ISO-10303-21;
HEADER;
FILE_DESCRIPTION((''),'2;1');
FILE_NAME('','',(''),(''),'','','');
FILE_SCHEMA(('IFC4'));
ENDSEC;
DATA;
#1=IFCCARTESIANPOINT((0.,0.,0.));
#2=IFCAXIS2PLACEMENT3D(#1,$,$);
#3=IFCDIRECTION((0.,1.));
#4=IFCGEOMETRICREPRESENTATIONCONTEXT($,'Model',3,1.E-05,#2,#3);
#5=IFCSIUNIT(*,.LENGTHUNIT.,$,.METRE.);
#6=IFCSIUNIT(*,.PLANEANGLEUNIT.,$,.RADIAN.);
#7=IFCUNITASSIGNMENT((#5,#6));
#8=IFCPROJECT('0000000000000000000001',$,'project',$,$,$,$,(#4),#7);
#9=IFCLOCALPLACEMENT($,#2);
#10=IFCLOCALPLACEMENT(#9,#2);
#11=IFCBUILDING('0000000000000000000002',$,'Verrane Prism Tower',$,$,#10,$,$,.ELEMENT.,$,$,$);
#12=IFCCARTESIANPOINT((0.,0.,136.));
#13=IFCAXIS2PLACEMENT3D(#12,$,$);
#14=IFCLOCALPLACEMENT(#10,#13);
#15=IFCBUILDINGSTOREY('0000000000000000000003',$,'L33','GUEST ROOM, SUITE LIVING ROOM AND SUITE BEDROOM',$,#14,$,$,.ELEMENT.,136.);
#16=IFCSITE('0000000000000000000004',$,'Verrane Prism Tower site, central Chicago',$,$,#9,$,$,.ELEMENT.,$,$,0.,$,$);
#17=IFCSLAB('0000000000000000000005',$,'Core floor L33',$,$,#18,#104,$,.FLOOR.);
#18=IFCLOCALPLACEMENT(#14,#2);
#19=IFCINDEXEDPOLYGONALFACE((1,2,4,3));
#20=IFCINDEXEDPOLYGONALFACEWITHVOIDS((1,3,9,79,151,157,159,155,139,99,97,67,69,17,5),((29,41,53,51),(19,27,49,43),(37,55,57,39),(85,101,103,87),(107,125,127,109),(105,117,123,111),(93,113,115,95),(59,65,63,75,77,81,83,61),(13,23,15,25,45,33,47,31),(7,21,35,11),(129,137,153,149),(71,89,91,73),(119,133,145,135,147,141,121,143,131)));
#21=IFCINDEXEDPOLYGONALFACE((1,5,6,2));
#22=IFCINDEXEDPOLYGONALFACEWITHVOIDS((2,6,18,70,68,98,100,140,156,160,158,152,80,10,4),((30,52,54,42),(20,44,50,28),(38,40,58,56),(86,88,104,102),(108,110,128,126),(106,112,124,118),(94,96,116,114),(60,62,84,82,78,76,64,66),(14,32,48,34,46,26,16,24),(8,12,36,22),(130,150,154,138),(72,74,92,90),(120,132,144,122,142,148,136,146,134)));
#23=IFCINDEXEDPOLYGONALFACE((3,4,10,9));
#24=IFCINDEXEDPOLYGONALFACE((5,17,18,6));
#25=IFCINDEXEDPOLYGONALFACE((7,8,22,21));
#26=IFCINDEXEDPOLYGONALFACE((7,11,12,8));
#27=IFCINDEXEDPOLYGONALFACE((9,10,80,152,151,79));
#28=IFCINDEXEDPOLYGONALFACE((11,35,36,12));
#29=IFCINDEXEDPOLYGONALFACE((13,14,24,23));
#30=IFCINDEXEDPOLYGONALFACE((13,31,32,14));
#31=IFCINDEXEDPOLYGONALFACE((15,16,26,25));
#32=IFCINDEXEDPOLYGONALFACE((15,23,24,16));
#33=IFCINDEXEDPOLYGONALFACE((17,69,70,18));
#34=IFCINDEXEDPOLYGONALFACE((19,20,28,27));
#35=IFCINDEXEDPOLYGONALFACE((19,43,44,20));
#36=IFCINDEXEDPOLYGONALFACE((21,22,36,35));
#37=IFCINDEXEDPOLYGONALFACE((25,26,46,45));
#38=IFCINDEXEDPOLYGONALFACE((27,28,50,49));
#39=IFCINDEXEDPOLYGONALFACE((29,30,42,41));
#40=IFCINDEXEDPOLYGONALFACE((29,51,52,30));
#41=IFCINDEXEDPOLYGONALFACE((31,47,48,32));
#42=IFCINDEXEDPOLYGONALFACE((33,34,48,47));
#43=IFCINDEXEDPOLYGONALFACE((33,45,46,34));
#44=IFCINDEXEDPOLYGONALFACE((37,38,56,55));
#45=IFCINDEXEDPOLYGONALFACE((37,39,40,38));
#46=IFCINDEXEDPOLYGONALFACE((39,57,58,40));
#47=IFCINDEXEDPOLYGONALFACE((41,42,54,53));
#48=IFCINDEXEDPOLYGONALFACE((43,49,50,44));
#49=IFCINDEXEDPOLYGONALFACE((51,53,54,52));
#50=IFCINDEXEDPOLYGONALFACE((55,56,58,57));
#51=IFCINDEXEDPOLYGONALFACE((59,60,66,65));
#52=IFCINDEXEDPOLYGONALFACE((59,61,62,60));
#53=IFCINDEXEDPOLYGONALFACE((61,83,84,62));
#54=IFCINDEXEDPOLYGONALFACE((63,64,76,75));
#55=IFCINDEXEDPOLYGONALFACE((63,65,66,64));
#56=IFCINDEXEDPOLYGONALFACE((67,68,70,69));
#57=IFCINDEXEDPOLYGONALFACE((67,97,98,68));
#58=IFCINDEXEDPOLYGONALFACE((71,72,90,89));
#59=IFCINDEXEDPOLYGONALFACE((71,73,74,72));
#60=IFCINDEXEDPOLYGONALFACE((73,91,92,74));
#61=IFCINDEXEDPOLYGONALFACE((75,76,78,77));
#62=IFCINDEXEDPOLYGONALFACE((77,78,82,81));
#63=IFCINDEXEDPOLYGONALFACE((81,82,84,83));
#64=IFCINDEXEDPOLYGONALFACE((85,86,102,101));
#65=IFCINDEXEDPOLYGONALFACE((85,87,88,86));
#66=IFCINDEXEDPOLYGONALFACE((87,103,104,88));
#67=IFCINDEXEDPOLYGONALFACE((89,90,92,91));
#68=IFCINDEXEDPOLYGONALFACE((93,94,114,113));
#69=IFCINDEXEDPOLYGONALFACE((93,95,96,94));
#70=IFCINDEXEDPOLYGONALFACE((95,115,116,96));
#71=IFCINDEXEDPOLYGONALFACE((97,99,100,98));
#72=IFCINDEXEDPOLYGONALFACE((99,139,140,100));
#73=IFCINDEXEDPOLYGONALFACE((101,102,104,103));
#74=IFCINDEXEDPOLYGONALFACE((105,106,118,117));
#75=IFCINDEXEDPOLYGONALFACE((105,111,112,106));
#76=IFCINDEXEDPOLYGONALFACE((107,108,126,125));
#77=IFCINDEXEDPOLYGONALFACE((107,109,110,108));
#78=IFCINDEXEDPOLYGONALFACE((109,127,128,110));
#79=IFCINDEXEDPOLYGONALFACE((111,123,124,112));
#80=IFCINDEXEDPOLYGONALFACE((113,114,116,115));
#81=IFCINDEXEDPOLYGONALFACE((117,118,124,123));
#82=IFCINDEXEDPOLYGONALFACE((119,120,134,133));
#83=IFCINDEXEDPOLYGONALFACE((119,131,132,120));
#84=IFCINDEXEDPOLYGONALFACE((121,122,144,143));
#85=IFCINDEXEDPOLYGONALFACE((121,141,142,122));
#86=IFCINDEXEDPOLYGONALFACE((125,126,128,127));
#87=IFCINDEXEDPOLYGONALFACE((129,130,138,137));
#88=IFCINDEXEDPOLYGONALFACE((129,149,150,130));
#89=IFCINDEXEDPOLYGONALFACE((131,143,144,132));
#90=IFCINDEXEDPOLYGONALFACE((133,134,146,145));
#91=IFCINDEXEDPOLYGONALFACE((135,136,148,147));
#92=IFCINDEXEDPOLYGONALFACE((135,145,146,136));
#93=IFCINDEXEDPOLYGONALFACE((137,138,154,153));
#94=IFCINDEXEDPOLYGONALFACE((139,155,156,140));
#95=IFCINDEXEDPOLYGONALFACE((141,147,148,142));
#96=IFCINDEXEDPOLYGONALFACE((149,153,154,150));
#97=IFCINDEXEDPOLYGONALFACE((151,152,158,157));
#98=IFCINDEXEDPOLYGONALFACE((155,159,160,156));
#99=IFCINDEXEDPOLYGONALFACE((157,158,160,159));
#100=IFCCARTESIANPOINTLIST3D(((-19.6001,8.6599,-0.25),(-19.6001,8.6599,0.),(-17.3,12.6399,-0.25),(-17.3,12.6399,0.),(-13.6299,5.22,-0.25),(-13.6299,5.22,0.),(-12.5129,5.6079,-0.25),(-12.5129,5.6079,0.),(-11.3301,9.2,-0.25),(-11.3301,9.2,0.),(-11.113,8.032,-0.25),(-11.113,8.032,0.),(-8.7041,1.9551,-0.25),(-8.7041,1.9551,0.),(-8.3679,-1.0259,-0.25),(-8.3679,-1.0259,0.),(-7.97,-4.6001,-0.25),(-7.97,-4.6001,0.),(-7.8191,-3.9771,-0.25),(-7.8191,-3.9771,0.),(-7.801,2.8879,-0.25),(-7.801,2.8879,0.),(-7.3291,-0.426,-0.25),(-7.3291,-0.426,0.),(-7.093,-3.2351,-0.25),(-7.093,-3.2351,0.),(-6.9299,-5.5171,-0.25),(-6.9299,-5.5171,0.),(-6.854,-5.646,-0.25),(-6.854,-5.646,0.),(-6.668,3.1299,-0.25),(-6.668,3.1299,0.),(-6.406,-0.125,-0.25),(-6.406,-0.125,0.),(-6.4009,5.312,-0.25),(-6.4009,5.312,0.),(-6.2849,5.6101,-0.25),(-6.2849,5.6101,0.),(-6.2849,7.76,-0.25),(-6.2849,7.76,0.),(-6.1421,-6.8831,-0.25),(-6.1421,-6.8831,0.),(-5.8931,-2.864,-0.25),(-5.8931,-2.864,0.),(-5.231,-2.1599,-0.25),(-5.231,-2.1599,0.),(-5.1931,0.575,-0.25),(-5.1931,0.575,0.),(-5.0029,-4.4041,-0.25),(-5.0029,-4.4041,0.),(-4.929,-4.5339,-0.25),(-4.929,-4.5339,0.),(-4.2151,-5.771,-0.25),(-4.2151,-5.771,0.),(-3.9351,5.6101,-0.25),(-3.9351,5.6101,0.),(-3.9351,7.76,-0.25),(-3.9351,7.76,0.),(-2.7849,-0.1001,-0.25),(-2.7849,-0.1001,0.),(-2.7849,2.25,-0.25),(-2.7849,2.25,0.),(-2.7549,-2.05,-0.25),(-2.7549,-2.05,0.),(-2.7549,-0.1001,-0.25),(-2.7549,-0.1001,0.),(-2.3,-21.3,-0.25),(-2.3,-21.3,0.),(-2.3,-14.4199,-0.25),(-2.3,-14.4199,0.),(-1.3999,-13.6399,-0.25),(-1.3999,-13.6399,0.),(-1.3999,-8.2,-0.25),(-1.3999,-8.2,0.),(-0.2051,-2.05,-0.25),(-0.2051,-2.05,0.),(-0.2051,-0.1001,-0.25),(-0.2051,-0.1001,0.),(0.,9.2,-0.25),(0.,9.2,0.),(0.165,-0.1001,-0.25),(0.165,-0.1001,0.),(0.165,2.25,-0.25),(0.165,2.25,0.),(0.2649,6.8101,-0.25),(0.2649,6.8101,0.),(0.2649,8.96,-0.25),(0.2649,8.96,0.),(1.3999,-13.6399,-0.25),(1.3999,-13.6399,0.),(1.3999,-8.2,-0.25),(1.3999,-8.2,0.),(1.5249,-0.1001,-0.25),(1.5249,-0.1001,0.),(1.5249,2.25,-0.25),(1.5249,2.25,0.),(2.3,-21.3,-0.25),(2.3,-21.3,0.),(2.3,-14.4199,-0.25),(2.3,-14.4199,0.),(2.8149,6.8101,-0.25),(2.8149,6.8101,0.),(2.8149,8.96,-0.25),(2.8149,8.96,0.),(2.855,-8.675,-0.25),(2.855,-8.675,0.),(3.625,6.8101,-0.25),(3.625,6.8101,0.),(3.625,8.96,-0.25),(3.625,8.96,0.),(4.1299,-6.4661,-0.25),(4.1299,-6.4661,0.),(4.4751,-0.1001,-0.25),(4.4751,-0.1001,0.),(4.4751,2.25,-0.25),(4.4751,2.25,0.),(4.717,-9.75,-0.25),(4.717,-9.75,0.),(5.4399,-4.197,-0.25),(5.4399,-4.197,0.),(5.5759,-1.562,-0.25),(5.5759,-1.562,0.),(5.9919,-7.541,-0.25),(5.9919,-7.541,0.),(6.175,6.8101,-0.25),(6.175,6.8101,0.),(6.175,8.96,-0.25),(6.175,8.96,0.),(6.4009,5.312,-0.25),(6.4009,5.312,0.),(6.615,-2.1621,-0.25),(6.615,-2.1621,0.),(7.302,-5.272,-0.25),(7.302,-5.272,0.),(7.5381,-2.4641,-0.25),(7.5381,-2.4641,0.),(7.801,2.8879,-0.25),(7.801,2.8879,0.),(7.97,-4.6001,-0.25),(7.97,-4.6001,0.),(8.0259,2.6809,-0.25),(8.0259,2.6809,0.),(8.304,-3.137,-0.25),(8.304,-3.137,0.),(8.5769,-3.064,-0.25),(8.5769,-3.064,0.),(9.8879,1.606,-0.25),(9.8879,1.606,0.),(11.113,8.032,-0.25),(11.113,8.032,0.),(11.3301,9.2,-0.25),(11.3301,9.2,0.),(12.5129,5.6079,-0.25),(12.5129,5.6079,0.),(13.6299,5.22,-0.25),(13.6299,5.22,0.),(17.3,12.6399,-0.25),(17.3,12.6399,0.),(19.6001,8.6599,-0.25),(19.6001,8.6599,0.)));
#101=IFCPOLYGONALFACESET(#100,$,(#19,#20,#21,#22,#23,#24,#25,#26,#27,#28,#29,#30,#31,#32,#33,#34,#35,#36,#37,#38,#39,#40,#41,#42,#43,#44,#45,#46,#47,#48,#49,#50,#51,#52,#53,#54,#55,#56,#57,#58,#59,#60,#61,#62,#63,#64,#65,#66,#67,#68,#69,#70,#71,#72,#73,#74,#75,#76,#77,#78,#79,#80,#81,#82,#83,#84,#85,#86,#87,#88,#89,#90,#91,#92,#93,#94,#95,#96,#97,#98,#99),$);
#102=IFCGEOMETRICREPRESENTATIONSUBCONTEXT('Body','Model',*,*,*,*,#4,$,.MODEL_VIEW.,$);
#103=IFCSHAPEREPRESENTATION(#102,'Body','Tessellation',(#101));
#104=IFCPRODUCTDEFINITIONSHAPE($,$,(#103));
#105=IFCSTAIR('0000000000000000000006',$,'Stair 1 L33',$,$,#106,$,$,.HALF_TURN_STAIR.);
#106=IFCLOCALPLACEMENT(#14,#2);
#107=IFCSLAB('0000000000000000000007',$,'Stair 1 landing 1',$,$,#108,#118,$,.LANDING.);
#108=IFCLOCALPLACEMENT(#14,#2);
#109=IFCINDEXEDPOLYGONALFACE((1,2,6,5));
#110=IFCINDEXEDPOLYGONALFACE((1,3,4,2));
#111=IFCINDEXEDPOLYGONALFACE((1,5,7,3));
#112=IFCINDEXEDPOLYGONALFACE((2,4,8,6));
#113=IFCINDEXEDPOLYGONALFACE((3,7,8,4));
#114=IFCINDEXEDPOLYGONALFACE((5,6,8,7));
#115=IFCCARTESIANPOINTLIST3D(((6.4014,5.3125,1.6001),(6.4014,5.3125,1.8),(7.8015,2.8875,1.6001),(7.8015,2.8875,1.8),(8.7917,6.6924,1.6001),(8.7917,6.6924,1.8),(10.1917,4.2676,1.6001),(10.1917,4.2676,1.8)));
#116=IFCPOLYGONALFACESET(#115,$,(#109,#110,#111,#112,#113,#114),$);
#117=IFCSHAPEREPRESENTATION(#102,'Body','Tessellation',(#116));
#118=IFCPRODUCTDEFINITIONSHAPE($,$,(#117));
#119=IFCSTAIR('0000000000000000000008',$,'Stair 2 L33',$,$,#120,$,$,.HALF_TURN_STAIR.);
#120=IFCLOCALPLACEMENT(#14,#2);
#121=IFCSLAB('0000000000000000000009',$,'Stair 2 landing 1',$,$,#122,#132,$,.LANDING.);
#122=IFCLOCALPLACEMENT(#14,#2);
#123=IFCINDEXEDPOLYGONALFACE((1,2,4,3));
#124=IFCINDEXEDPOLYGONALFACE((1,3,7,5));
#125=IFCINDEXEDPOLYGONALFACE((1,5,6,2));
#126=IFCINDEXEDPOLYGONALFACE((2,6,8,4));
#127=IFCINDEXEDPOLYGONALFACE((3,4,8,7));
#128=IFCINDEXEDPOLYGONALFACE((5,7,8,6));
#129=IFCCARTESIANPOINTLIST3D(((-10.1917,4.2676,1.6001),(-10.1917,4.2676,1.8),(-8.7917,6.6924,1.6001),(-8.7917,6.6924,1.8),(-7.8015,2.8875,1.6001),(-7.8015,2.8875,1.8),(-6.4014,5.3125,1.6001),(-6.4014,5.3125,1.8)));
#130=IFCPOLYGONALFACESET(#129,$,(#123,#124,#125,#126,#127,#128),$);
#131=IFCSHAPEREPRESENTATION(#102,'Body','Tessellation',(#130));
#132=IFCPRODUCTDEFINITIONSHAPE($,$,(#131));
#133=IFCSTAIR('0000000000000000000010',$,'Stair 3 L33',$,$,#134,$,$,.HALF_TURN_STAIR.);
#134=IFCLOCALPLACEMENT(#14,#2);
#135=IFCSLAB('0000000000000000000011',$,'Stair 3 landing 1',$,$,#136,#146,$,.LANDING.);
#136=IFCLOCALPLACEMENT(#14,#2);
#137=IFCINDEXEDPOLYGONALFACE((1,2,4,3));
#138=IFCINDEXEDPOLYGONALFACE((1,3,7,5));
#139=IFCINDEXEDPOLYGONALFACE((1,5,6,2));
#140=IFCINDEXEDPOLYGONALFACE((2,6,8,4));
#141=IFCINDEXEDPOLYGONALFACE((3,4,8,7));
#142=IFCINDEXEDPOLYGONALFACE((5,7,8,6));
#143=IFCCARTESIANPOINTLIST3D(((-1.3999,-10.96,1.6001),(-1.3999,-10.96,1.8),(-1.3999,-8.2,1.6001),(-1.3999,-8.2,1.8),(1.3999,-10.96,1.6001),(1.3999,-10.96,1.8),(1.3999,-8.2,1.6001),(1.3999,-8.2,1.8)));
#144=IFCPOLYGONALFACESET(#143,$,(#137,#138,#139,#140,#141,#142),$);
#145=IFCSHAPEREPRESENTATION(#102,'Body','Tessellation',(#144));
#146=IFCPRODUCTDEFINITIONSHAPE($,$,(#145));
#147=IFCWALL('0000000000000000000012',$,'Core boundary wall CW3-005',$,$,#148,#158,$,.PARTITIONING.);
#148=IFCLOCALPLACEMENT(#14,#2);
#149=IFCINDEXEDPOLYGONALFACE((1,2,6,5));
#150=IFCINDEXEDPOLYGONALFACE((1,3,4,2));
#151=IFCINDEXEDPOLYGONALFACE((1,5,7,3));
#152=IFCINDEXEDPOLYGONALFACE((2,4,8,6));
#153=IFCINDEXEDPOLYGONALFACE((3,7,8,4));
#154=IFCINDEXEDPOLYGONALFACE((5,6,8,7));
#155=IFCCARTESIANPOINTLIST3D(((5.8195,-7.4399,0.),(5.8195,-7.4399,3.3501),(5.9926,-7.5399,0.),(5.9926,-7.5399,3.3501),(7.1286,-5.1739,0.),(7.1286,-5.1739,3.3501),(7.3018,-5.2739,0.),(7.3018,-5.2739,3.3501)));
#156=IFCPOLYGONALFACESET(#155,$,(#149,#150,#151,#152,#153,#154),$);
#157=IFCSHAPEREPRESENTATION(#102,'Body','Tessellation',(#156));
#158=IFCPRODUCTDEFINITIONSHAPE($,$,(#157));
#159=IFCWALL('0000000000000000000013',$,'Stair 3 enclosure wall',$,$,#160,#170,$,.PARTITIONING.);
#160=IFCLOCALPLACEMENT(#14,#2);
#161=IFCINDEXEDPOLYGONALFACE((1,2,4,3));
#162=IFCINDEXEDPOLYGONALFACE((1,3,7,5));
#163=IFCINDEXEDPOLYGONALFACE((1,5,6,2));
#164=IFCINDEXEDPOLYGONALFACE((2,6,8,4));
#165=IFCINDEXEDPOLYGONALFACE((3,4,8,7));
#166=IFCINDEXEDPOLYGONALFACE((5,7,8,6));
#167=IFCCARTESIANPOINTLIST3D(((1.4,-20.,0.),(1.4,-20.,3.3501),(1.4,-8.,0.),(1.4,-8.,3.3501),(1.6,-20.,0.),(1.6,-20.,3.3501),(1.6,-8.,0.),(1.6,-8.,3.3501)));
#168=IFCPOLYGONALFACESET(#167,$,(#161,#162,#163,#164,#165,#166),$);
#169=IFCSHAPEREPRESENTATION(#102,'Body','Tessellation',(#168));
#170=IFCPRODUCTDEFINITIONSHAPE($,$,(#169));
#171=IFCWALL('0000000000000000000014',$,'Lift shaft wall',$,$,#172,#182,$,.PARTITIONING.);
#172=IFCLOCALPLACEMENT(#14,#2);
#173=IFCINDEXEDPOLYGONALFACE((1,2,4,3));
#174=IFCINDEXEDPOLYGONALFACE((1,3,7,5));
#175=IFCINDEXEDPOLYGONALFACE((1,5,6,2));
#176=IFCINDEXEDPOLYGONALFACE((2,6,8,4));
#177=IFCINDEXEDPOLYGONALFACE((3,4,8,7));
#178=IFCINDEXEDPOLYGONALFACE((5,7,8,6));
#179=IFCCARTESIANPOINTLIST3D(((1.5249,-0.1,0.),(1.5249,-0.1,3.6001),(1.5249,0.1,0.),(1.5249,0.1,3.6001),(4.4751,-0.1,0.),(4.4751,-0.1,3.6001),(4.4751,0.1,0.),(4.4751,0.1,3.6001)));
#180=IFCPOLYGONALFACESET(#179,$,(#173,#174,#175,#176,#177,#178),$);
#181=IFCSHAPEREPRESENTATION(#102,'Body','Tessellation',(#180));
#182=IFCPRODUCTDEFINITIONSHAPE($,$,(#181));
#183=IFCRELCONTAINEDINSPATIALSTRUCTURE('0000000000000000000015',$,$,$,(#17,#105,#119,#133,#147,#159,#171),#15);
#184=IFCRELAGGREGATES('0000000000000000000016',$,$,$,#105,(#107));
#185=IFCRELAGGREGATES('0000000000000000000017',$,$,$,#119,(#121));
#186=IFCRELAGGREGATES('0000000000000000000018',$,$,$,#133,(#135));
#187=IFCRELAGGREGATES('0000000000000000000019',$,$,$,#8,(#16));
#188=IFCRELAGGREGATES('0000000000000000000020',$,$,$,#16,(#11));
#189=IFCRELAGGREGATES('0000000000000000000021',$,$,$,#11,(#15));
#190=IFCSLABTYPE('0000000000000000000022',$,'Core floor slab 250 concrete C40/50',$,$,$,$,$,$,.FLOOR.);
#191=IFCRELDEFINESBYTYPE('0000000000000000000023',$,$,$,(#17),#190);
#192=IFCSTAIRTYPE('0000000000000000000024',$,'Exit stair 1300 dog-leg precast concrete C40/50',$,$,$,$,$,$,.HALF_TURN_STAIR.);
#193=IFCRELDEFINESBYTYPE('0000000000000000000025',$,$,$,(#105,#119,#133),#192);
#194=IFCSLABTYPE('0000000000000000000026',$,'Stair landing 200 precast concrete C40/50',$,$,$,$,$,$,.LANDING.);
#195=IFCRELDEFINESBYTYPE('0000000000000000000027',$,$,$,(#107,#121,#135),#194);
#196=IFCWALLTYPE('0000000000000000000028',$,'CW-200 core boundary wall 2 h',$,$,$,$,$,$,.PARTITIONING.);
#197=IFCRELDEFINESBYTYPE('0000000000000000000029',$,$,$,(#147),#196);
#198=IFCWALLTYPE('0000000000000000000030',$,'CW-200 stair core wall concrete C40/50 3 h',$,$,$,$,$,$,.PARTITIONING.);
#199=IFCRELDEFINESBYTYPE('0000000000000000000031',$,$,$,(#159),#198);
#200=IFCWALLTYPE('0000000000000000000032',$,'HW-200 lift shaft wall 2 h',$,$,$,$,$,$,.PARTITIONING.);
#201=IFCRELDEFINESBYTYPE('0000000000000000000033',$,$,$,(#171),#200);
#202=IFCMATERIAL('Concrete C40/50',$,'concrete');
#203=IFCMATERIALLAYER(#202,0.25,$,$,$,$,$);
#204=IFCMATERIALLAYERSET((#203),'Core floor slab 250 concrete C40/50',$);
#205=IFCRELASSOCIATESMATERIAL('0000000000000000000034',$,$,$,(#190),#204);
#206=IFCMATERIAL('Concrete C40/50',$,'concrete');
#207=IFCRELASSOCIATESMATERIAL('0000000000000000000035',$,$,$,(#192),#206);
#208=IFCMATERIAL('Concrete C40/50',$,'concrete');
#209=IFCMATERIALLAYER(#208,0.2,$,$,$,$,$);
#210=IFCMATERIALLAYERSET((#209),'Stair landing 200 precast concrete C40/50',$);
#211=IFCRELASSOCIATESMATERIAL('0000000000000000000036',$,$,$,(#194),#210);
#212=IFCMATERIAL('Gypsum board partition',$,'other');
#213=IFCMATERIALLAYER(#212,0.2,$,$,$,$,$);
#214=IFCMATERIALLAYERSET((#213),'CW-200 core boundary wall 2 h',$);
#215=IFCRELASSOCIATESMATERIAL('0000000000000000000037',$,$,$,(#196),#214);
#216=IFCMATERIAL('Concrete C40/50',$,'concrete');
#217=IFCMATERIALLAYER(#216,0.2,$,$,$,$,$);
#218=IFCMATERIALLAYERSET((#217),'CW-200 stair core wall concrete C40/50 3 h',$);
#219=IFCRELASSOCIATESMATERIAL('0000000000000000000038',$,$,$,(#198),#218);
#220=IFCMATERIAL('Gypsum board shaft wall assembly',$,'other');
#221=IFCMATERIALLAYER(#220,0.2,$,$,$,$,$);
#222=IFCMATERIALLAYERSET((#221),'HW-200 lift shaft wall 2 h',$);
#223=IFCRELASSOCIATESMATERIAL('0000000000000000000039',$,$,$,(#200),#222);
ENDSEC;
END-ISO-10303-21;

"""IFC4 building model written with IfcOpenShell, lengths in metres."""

from ifc_helpers import new_model, si_unit, direction, frame, frame_2d, origin, place, context, subcontext, project, spatial, polyline, rectangle, outline, extrude, material, layer, layer_set, type_object, element, aggregate, save


model = new_model("IFC4")

# Units and contexts
model_context = context("Model", 3, precision=1e-05, world=origin(), true_north=direction((0.0, 1.0)))
body_context = subcontext(model_context, "Body", "Model", "MODEL_VIEW")
ifc_project = project(units=[si_unit("LENGTHUNIT", "METRE"), si_unit("PLANEANGLEUNIT", "RADIAN")], contexts=[model_context])

# Site, building, storey
site_placement = place(None, origin())
site = spatial("IfcSite", under=ifc_project, at=site_placement, Name="Verrane Prism Tower site, central Chicago", CompositionType="ELEMENT", RefElevation=0.0)
building_placement = place(site_placement, origin())
building = spatial("IfcBuilding", under=site, at=building_placement, Name="Verrane Prism Tower", CompositionType="ELEMENT")
storey_placement = place(building_placement, frame((0.0, 0.0, 136.0)))
storey = spatial("IfcBuildingStorey", under=building, at=storey_placement, Name="L33", Description="GUEST ROOM, SUITE LIVING ROOM AND SUITE BEDROOM", CompositionType="ELEMENT", Elevation=136.0)

# Slab
ifc_material_1 = material(Name="Concrete C40/50", Category="concrete")
ifc_layer_1 = layer(ifc_material_1, 0.25)
ifc_layer_set_1 = layer_set([ifc_layer_1], Name="Core floor slab 250 concrete C40/50")
slab_type_1 = type_object("IfcSlabType", Name="Core floor slab 250 concrete C40/50", PredefinedType="FLOOR", material=ifc_layer_set_1)
slab_1_placement = place(storey_placement, frame((0.0, 0.0, -0.25)))
element("IfcSlab", 1, at=slab_1_placement, inside=storey, type_object=slab_type_1, Name="Core floor L33", PredefinedType="FLOOR", context=body_context, shape_type="SweptSolid", body=[
    extrude(outline(polyline([(13.6299, 5.22), (19.6001, 8.6599), (17.3, 12.6399), (11.3301, 9.2), (0.0, 9.2), (-11.3301, 9.2), (-17.3, 12.6399), (-19.6001, 8.6599), (-13.6299, 5.22), (-7.97, -4.6001), (-2.3, -14.4199), (-2.3, -21.3), (2.3, -21.3), (2.3, -14.4199), (7.97, -4.6001), (13.6299, 5.22)]), holes=[polyline([(1.3999, -8.2), (1.3999, -13.6399), (-1.3999, -13.6399), (-1.3999, -8.2), (1.3999, -8.2)]), polyline([(-4.2151, -5.771), (-6.1421, -6.8831), (-6.854, -5.646), (-4.929, -4.5339), (-4.2151, -5.771)]), polyline([(-5.0029, -4.4041), (-6.9299, -5.5171), (-7.8191, -3.9771), (-5.8931, -2.864), (-5.0029, -4.4041)]), polyline([(0.165, 2.25), (0.165, -0.1001), (-0.2051, -0.1001), (-0.2051, -2.05), (-2.7549, -2.05), (-2.7549, -0.1001), (-2.7849, -0.1001), (-2.7849, 2.25), (0.165, 2.25)]), polyline([(-12.5129, 5.6079), (-11.113, 8.032), (-6.4009, 5.312), (-7.801, 2.8879), (-12.5129, 5.6079)]), polyline([(-6.2849, 5.6101), (-6.2849, 7.76), (-3.9351, 7.76), (-3.9351, 5.6101), (-6.2849, 5.6101)]), polyline([(4.717, -9.75), (2.855, -8.675), (4.1299, -6.4661), (5.9919, -7.541), (4.717, -9.75)]), polyline([(8.304, -3.137), (5.5759, -1.562), (8.0259, 2.6809), (9.8879, 1.606), (7.5381, -2.4641), (8.5769, -3.064), (7.302, -5.272), (5.4399, -4.197), (6.615, -2.1621), (8.304, -3.137)]), polyline([(1.5249, -0.1001), (1.5249, 2.25), (4.4751, 2.25), (4.4751, -0.1001), (1.5249, -0.1001)]), polyline([(6.4009, 5.312), (11.113, 8.032), (12.5129, 5.6079), (7.801, 2.8879), (6.4009, 5.312)]), polyline([(0.2649, 6.8101), (0.2649, 8.96), (2.8149, 8.96), (2.8149, 6.8101), (0.2649, 6.8101)]), polyline([(3.625, 6.8101), (3.625, 8.96), (6.175, 8.96), (6.175, 6.8101), (3.625, 6.8101)]), polyline([(-5.231, -2.1599), (-7.093, -3.2351), (-8.3679, -1.0259), (-7.3291, -0.426), (-8.7041, 1.9551), (-6.668, 3.1299), (-5.1931, 0.575), (-6.406, -0.125), (-5.231, -2.1599)])]), origin(), (0.0, 0.0, 1.0), 0.25),
])

# Stairs, slabs
ifc_material_2 = material(Name="Concrete C40/50", Category="concrete")
stair_type = type_object("IfcStairType", Name="Exit stair 1300 dog-leg precast concrete C40/50", PredefinedType="HALF_TURN_STAIR", material=ifc_material_2)
stair_1_placement = place(storey_placement, origin())
stair_1 = element("IfcStair", 2, at=stair_1_placement, inside=storey, type_object=stair_type, Name="Stair 1 L33", PredefinedType="HALF_TURN_STAIR")
ifc_material_3 = material(Name="Concrete C40/50", Category="concrete")
ifc_layer_2 = layer(ifc_material_3, 0.2)
ifc_layer_set_2 = layer_set([ifc_layer_2], Name="Stair landing 200 precast concrete C40/50")
slab_type_2 = type_object("IfcSlabType", Name="Stair landing 200 precast concrete C40/50", PredefinedType="LANDING", material=ifc_layer_set_2)
slab_2_placement = place(storey_placement, frame((0.0, 0.0, 1.6001)))
slab_2 = element("IfcSlab", 3, at=slab_2_placement, type_object=slab_type_2, Name="Stair 1 landing 1", PredefinedType="LANDING", context=body_context, shape_type="SweptSolid", body=[
    extrude(outline(polyline([(8.7917, 6.6924), (6.4014, 5.3125), (7.8015, 2.8875), (10.1917, 4.2676), (8.7917, 6.6924)])), origin(), (0.0, 0.0, 1.0), 0.2),
])
aggregate(stair_1, [slab_2])
stair_2_placement = place(storey_placement, origin())
stair_2 = element("IfcStair", 4, at=stair_2_placement, inside=storey, type_object=stair_type, Name="Stair 2 L33", PredefinedType="HALF_TURN_STAIR")
slab_3_placement = place(storey_placement, frame((0.0, 0.0, 1.6001)))
slab_3 = element("IfcSlab", 5, at=slab_3_placement, type_object=slab_type_2, Name="Stair 2 landing 1", PredefinedType="LANDING", context=body_context, shape_type="SweptSolid", body=[
    extrude(outline(polyline([(-10.1917, 4.2676), (-7.8015, 2.8875), (-6.4014, 5.3125), (-8.7917, 6.6924), (-10.1917, 4.2676)])), origin(), (0.0, 0.0, 1.0), 0.2),
])
aggregate(stair_2, [slab_3])
stair_3_placement = place(storey_placement, origin())
stair_3 = element("IfcStair", 6, at=stair_3_placement, inside=storey, type_object=stair_type, Name="Stair 3 L33", PredefinedType="HALF_TURN_STAIR")
slab_4_placement = place(storey_placement, frame((0.0, 0.0, 1.6001)))
slab_4 = element("IfcSlab", 7, at=slab_4_placement, type_object=slab_type_2, Name="Stair 3 landing 1", PredefinedType="LANDING", context=body_context, shape_type="SweptSolid", body=[
    extrude(outline(polyline([(1.3999, -10.96), (1.3999, -8.2), (-1.3999, -8.2), (-1.3999, -10.96), (1.3999, -10.96)])), origin(), (0.0, 0.0, 1.0), 0.2),
])
aggregate(stair_3, [slab_4])

# Walls
ifc_material_4 = material(Name="Gypsum board partition", Category="other")
ifc_layer_3 = layer(ifc_material_4, 0.2)
ifc_layer_set_3 = layer_set([ifc_layer_3], Name="CW-200 core boundary wall 2 h")
wall_type_1 = type_object("IfcWallType", Name="CW-200 core boundary wall 2 h", PredefinedType="PARTITIONING", material=ifc_layer_set_3)
wall_1_placement = place(storey_placement, frame((5.906, -7.49, 0.0), z_axis=(0.0, 0.0, 1.0), x_axis=(0.500253, 0.865879, 0.0)))
element("IfcWall", 8, at=wall_1_placement, inside=storey, type_object=wall_type_1, Name="Core boundary wall CW3-005", PredefinedType="PARTITIONING", context=body_context, shape_type="SweptSolid", body=[
    extrude(rectangle(XDim=2.6169, YDim=0.2, at=frame_2d((1.3086, 0.0))), origin(), (0.0, 0.0, 1.0), 3.3501),
])
ifc_material_5 = material(Name="Concrete C40/50", Category="concrete")
ifc_layer_4 = layer(ifc_material_5, 0.2)
ifc_layer_set_4 = layer_set([ifc_layer_4], Name="CW-200 stair core wall concrete C40/50 3 h")
wall_type_2 = type_object("IfcWallType", Name="CW-200 stair core wall concrete C40/50 3 h", PredefinedType="PARTITIONING", material=ifc_layer_set_4)
wall_2_placement = place(storey_placement, frame((1.5, -8.0, 0.0), z_axis=(0.0, 0.0, 1.0), x_axis=(0.0, -1.0, 0.0)))
element("IfcWall", 9, at=wall_2_placement, inside=storey, type_object=wall_type_2, Name="Stair 3 enclosure wall", PredefinedType="PARTITIONING", context=body_context, shape_type="SweptSolid", body=[
    extrude(rectangle(XDim=12.0, YDim=0.2, at=frame_2d((6.0, 0.0))), origin(), (0.0, 0.0, 1.0), 3.3501),
])
ifc_material_6 = material(Name="Gypsum board shaft wall assembly", Category="other")
ifc_layer_5 = layer(ifc_material_6, 0.2)
ifc_layer_set_5 = layer_set([ifc_layer_5], Name="HW-200 lift shaft wall 2 h")
wall_type_3 = type_object("IfcWallType", Name="HW-200 lift shaft wall 2 h", PredefinedType="PARTITIONING", material=ifc_layer_set_5)
wall_3_placement = place(storey_placement, frame((1.5249, 0.0, 0.0), z_axis=(0.0, 0.0, 1.0), x_axis=(1.0, 0.0, 0.0)))
element("IfcWall", 10, at=wall_3_placement, inside=storey, type_object=wall_type_3, Name="Lift shaft wall", PredefinedType="PARTITIONING", context=body_context, shape_type="SweptSolid", body=[
    extrude(rectangle(XDim=2.9502, YDim=0.2, at=frame_2d((1.4751, 0.0))), origin(), (0.0, 0.0, 1.0), 3.6001),
])

save(model, "model.ifc")
